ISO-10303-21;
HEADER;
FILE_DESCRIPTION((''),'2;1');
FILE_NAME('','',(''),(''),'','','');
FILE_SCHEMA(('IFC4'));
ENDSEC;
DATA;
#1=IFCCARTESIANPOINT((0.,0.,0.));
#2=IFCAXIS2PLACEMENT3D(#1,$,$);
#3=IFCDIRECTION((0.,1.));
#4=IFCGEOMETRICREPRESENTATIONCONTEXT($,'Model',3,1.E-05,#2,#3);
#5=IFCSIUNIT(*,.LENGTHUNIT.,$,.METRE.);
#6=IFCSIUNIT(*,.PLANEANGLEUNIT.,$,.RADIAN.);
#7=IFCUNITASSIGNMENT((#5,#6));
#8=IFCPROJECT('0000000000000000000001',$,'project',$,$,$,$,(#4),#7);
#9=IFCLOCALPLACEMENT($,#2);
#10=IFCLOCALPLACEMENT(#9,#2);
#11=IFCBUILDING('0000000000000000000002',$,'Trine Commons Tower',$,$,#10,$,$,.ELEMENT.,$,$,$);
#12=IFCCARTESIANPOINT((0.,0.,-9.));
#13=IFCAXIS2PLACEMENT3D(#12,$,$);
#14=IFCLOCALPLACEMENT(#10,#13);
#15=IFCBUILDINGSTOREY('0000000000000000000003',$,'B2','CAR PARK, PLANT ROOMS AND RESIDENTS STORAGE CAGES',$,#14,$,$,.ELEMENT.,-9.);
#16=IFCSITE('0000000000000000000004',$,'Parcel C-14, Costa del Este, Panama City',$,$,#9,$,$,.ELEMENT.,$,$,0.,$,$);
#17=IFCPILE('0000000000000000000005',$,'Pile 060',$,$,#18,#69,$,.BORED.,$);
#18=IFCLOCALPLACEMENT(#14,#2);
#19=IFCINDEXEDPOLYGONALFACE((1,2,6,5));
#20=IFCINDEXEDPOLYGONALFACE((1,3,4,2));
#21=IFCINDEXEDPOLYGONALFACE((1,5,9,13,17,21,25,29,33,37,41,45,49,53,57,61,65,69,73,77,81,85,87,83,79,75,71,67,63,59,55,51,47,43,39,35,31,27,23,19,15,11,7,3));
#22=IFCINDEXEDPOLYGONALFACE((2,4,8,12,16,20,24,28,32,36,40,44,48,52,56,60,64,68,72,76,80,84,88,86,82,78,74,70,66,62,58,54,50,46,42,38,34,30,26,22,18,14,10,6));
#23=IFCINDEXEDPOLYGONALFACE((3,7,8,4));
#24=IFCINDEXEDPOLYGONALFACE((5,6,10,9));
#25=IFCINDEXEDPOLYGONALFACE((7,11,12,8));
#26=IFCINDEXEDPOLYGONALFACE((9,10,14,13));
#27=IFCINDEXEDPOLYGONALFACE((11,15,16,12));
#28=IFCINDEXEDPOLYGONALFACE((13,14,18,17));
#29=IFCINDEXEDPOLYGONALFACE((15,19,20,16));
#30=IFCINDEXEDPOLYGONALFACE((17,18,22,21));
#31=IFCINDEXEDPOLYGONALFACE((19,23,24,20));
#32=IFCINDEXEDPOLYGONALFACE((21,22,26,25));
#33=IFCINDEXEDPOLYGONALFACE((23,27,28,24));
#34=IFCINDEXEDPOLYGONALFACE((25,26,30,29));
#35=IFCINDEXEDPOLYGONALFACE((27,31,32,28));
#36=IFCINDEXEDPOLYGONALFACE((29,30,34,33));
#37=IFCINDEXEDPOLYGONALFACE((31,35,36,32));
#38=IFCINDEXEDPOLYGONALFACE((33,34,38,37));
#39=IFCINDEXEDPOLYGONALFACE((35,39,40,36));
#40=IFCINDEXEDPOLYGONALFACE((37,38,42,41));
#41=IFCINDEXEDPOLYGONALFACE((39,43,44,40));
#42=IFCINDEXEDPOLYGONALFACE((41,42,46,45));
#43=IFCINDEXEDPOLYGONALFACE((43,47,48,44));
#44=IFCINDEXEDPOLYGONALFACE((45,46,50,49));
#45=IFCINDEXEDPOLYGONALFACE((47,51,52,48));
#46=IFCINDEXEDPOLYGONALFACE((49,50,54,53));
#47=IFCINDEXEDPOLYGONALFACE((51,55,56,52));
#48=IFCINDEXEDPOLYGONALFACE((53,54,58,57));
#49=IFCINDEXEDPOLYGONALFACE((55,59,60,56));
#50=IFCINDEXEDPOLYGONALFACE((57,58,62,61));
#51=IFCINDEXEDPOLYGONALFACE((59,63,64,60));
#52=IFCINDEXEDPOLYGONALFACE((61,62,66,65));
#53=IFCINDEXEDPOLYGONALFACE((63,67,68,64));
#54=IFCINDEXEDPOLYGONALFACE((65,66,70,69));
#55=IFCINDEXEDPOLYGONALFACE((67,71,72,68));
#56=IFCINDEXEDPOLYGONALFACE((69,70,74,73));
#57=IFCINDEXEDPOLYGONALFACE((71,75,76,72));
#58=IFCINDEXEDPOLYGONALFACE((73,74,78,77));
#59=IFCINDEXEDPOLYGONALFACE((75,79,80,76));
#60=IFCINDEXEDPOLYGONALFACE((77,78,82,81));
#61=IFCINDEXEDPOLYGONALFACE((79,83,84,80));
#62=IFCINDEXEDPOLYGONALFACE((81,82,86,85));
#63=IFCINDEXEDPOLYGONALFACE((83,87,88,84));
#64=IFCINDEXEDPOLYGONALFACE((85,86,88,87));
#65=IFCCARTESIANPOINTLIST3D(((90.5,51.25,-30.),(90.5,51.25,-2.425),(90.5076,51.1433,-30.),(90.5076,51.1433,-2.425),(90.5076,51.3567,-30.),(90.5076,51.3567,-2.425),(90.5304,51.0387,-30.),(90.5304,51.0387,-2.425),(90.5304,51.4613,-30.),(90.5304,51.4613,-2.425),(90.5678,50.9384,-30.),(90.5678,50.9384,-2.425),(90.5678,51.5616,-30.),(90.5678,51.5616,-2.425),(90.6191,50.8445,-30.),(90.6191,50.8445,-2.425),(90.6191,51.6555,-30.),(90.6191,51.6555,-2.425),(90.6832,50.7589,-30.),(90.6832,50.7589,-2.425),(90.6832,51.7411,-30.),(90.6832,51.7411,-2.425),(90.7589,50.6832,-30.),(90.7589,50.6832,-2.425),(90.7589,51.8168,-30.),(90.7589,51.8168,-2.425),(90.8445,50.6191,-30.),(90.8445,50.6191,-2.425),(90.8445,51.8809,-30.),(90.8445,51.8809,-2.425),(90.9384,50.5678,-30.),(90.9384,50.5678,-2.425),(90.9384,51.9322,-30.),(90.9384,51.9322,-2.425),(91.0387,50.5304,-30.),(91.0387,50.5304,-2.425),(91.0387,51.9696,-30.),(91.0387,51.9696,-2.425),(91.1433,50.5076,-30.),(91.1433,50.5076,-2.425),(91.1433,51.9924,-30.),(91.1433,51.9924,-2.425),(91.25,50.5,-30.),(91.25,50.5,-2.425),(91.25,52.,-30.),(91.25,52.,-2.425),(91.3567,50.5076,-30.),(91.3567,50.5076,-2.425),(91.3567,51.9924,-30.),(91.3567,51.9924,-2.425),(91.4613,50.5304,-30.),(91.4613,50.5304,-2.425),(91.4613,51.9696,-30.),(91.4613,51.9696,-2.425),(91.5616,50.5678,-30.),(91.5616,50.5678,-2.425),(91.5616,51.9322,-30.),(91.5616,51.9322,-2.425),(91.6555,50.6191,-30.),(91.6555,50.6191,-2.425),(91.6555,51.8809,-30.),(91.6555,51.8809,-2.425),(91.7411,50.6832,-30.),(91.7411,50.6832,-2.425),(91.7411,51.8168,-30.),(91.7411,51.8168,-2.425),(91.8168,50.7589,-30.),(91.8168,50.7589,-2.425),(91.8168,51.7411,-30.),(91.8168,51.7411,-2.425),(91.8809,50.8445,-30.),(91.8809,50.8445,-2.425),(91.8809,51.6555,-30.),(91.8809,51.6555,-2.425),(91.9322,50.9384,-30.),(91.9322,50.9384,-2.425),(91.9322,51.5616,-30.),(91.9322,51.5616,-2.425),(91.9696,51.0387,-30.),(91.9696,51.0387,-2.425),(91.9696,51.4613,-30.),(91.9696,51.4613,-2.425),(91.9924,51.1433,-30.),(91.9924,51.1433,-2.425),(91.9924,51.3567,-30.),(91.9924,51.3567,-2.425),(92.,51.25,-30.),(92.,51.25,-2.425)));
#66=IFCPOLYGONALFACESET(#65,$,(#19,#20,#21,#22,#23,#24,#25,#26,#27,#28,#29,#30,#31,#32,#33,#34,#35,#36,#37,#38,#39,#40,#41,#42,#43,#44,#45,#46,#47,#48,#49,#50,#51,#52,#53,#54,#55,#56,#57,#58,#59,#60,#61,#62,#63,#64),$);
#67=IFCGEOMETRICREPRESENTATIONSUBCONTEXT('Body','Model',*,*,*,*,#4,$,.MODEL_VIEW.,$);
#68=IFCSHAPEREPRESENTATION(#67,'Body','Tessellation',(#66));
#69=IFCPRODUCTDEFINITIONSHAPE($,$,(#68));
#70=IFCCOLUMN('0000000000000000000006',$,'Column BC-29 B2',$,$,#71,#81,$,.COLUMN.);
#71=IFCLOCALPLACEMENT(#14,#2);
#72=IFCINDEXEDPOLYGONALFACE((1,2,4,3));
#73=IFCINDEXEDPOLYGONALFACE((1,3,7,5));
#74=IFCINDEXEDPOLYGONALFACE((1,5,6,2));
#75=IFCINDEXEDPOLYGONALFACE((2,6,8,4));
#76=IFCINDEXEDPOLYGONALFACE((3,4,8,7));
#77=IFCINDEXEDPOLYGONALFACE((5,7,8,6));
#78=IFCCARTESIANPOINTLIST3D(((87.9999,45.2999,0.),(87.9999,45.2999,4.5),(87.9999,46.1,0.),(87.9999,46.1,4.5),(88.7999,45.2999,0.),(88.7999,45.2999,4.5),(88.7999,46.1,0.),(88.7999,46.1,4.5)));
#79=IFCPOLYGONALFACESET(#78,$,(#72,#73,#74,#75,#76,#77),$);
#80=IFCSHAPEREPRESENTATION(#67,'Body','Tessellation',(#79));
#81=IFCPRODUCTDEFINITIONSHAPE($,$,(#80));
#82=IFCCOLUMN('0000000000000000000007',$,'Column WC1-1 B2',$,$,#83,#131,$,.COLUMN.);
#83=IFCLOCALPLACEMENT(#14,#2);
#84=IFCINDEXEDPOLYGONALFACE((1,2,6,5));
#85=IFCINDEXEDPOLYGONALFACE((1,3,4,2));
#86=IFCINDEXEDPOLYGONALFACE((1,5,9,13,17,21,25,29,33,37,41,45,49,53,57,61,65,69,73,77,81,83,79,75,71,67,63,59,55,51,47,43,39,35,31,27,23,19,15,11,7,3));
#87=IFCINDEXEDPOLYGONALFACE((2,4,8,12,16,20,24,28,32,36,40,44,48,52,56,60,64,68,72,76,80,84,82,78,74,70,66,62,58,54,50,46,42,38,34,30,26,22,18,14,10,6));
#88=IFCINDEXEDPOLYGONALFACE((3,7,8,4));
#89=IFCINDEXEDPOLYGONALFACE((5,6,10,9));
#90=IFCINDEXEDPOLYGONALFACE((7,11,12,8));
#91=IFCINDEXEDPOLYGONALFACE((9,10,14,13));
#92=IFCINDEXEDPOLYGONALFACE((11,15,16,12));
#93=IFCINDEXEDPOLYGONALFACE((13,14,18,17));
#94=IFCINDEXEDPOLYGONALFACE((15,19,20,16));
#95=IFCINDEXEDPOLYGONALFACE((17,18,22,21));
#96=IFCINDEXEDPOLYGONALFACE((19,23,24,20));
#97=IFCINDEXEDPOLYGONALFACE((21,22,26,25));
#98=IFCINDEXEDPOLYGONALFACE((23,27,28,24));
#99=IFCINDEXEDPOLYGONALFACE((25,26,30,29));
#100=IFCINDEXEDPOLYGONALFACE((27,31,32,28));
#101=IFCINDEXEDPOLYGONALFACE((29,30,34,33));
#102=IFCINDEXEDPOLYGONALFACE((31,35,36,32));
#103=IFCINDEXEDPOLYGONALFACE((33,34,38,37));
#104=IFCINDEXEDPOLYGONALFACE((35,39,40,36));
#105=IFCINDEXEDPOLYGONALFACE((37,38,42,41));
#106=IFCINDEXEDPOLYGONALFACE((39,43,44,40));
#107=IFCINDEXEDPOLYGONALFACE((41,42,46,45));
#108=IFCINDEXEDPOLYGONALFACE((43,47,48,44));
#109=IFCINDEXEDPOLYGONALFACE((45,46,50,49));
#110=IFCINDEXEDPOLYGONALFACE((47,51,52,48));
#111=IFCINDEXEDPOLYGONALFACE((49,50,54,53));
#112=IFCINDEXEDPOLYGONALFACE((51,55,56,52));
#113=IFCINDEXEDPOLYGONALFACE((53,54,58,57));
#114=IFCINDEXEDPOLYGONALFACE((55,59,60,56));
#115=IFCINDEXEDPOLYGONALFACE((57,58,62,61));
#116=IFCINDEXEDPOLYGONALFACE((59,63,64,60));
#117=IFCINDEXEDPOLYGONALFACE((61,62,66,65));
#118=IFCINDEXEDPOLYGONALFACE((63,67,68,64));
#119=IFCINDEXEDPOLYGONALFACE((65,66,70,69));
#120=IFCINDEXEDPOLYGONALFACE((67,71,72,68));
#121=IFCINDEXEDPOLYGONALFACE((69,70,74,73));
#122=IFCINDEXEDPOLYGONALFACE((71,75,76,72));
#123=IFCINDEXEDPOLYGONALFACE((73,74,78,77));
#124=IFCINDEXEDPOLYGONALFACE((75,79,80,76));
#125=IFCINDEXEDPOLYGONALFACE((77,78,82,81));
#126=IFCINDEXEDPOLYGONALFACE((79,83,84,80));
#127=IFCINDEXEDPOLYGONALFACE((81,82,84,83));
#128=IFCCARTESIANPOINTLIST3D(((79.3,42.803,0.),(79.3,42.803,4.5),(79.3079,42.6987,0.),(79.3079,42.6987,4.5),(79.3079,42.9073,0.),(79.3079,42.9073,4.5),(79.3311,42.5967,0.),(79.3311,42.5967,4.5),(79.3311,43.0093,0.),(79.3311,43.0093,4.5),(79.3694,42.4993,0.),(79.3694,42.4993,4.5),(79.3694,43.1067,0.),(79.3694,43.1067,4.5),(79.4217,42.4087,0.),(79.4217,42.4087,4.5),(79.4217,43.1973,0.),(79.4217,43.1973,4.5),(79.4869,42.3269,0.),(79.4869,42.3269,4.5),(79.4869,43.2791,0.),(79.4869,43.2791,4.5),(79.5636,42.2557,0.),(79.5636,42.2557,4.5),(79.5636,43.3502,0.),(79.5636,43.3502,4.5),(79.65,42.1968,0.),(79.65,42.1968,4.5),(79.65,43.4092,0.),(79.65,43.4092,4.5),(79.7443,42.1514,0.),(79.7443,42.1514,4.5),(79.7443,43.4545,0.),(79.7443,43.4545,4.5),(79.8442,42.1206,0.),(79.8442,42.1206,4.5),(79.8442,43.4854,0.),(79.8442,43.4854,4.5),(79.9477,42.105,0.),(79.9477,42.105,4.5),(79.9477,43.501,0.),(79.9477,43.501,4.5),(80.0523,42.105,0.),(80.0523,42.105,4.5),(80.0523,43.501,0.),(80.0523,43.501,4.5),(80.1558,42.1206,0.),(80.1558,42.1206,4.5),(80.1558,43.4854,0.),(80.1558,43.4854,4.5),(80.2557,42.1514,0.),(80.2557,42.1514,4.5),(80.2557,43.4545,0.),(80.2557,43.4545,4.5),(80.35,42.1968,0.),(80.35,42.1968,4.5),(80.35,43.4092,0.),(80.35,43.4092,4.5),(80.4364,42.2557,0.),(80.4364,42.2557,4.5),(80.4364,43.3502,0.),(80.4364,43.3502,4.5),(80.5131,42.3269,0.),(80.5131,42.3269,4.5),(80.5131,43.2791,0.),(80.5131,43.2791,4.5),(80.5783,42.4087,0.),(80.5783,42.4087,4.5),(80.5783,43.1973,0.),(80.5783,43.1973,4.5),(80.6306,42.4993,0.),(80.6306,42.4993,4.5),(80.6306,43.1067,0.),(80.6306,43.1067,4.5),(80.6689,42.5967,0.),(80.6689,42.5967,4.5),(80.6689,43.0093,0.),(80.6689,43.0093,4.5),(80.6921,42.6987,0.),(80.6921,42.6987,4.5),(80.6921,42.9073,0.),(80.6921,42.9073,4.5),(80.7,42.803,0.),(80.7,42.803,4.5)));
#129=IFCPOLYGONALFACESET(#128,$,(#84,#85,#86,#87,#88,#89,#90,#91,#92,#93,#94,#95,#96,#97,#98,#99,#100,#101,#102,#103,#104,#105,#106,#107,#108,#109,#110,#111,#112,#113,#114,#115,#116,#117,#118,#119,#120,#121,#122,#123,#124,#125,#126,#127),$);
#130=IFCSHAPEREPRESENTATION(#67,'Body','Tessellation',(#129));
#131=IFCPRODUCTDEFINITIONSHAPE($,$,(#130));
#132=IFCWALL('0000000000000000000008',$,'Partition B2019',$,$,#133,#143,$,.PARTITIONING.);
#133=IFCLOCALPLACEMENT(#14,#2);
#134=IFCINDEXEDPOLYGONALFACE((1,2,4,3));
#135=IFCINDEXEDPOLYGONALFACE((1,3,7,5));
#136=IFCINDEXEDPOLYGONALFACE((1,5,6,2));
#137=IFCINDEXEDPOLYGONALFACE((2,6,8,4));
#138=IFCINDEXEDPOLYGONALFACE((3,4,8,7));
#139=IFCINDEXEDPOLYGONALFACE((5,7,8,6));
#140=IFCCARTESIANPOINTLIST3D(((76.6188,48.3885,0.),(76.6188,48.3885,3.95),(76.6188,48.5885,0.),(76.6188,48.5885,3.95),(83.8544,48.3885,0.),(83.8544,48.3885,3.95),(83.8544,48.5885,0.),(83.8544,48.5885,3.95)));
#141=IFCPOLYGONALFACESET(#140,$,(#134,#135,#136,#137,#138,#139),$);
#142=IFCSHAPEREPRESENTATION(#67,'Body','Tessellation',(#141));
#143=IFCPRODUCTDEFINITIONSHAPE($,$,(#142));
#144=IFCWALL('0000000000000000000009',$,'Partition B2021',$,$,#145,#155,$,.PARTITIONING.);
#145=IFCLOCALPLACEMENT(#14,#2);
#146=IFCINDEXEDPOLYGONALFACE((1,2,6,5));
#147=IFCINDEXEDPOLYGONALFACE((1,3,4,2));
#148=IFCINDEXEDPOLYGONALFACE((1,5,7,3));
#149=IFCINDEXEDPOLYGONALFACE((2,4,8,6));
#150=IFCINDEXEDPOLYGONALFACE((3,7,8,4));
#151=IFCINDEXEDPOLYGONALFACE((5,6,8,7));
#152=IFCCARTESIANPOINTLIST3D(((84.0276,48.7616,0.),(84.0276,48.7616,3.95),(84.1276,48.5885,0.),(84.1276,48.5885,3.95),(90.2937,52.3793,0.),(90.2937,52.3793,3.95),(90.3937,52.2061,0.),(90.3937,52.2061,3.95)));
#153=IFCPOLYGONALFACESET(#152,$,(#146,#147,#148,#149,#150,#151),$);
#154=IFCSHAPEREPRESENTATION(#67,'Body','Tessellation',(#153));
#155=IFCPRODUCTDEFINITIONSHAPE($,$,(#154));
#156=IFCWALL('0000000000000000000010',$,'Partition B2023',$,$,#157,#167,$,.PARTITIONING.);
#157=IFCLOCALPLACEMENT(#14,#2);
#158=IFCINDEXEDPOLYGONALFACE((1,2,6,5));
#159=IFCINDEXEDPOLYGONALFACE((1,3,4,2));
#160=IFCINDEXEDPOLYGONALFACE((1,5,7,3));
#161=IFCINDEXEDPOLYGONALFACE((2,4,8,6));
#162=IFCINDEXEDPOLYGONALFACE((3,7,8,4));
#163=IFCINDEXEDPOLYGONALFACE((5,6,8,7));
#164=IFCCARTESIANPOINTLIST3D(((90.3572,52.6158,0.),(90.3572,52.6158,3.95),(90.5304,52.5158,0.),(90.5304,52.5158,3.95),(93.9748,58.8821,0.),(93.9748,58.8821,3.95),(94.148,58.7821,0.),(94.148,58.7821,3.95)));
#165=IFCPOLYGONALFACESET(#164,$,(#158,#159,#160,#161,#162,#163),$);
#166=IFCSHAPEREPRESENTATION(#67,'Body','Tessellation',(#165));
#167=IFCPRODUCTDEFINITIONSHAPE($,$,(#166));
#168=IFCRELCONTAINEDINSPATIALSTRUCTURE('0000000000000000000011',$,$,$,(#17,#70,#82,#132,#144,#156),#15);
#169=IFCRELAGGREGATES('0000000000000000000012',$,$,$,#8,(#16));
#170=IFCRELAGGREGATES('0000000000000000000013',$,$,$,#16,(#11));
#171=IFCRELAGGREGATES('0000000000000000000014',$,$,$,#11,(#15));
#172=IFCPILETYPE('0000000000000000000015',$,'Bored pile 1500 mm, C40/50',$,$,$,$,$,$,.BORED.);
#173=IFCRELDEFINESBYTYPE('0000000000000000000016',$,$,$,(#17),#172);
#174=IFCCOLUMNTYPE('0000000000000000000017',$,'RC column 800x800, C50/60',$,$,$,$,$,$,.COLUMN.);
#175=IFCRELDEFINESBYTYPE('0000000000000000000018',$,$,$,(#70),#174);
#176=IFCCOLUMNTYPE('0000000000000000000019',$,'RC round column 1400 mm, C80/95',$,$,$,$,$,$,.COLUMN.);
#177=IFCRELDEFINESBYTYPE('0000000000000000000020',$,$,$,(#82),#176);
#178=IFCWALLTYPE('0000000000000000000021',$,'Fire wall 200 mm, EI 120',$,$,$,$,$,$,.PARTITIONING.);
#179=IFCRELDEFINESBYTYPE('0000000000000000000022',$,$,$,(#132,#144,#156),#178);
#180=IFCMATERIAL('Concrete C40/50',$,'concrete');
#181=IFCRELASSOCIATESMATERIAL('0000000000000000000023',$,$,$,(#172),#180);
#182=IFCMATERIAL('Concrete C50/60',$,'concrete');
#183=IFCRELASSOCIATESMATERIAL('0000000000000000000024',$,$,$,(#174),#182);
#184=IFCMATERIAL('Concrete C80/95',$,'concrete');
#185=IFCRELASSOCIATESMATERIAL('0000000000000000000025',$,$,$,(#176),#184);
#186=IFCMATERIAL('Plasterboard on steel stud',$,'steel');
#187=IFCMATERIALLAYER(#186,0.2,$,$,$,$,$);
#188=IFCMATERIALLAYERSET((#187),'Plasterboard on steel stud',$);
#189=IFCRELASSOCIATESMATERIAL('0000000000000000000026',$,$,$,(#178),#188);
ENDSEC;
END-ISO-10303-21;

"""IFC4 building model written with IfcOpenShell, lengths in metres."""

from ifc_helpers import new_model, si_unit, direction, frame, frame_2d, origin, origin_2d, place, context, subcontext, project, spatial, rectangle, circle, extrude, material, layer, layer_set, material_profile, profile_set, type_object, element, save


model = new_model("IFC4")

# Units and contexts
model_context = context("Model", 3, precision=1e-05, world=origin(), true_north=direction((0.0, 1.0)))
body_context = subcontext(model_context, "Body", "Model", "MODEL_VIEW")
ifc_project = project(units=[si_unit("LENGTHUNIT", "METRE"), si_unit("PLANEANGLEUNIT", "RADIAN")], contexts=[model_context])

# Site, building, storey
site_placement = place(None, origin())
site = spatial("IfcSite", under=ifc_project, at=site_placement, Name="Parcel C-14, Costa del Este, Panama City", CompositionType="ELEMENT", RefElevation=0.0)
building_placement = place(site_placement, origin())
building = spatial("IfcBuilding", under=site, at=building_placement, Name="Trine Commons Tower", CompositionType="ELEMENT")
storey_placement = place(building_placement, frame((0.0, 0.0, -9.0)))
storey = spatial("IfcBuildingStorey", under=building, at=storey_placement, Name="B2", Description="CAR PARK, PLANT ROOMS AND RESIDENTS STORAGE CAGES", CompositionType="ELEMENT", Elevation=-9.0)

# Pile
ifc_material_1 = material(Name="Concrete C40/50", Category="concrete")
pile_type = type_object("IfcPileType", Name="Bored pile 1500 mm, C40/50", PredefinedType="BORED", material=ifc_material_1)
for number, where, z_axis, x_axis, name in (
    (1, (91.25, 51.25, -2.425), (0.0, 0.0, -1.0), (1.0, 0.0, 0.0), "Pile 060"),
):
    element("IfcPile", number, at=place(storey_placement, frame(where, z_axis=z_axis, x_axis=x_axis)), inside=storey, type_object=pile_type, Name=name, PredefinedType="BORED", context=body_context, shape_type="SweptSolid", body=[
        extrude(circle(Radius=0.75, at=origin_2d()), origin(), (0.0, 0.0, 1.0), 27.575),
    ])

# Columns
ifc_material_2 = material(Name="Concrete C50/60", Category="concrete")
ifc_material_profile_1 = material_profile(ifc_material_2, rectangle(XDim=0.8, YDim=0.8, at=origin_2d()), Name="RC 800x800")
ifc_profile_set_1 = profile_set([ifc_material_profile_1], Name="Concrete C50/60")
column_type_1 = type_object("IfcColumnType", Name="RC column 800x800, C50/60", PredefinedType="COLUMN", material=ifc_profile_set_1)
column_1_placement = place(storey_placement, frame((88.3999, 45.7, 0.0), z_axis=(0.0, 0.0, 1.0), x_axis=(1.0, 0.0, 0.0)))
element("IfcColumn", 2, at=column_1_placement, inside=storey, type_object=column_type_1, Name="Column BC-29 B2", PredefinedType="COLUMN", context=body_context, shape_type="SweptSolid", body=[
    extrude(rectangle(XDim=0.8, YDim=0.8, at=origin_2d()), origin(), (0.0, 0.0, 1.0), 4.5),
])
ifc_material_3 = material(Name="Concrete C80/95", Category="concrete")
ifc_material_profile_2 = material_profile(ifc_material_3, circle(Radius=0.7, at=origin_2d()), Name="RC round 1400")
ifc_profile_set_2 = profile_set([ifc_material_profile_2], Name="Concrete C80/95")
column_type_2 = type_object("IfcColumnType", Name="RC round column 1400 mm, C80/95", PredefinedType="COLUMN", material=ifc_profile_set_2)
column_2_placement = place(storey_placement, frame((80.0, 42.803, 0.0), z_axis=(0.0, 0.0, 1.0), x_axis=(1.0, 0.0, 0.0)))
element("IfcColumn", 3, at=column_2_placement, inside=storey, type_object=column_type_2, Name="Column WC1-1 B2", PredefinedType="COLUMN", context=body_context, shape_type="SweptSolid", body=[
    extrude(circle(Radius=0.7, at=origin_2d()), origin(), (0.0, 0.0, 1.0), 4.5),
])

# Walls
ifc_material_4 = material(Name="Plasterboard on steel stud", Category="steel")
ifc_layer_1 = layer(ifc_material_4, 0.2)
ifc_layer_set_1 = layer_set([ifc_layer_1], Name="Plasterboard on steel stud")
wall_type_1 = type_object("IfcWallType", Name="Fire wall 200 mm, EI 120", PredefinedType="PARTITIONING", material=ifc_layer_set_1)
wall_1_placement = place(storey_placement, frame((76.6189, 48.4885, 0.0), z_axis=(0.0, 0.0, 1.0), x_axis=(1.0, 0.0, 0.0)))
element("IfcWall", 4, at=wall_1_placement, inside=storey, type_object=wall_type_1, Name="Partition B2019", PredefinedType="PARTITIONING", context=body_context, shape_type="SweptSolid", body=[
    extrude(rectangle(XDim=7.2356, YDim=0.2, at=frame_2d((3.6177, 0.0))), origin(), (0.0, 0.0, 1.0), 3.95),
])
wall_2_placement = place(storey_placement, frame((84.0776, 48.675, 0.0), z_axis=(0.0, 0.0, 1.0), x_axis=(0.866029, 0.499993, 0.0)))
element("IfcWall", 5, at=wall_2_placement, inside=storey, type_object=wall_type_1, Name="Partition B2021", PredefinedType="PARTITIONING", context=body_context, shape_type="SweptSolid", body=[
    extrude(rectangle(XDim=7.2354, YDim=0.2, at=frame_2d((3.6177, 0.0))), origin(), (0.0, 0.0, 1.0), 3.95),
])
wall_3_placement = place(storey_placement, frame((90.4438, 52.5659, 0.0), z_axis=(0.0, 0.0, 1.0), x_axis=(0.499979, 0.866038, 0.0)))
element("IfcWall", 6, at=wall_3_placement, inside=storey, type_object=wall_type_1, Name="Partition B2023", PredefinedType="PARTITIONING", context=body_context, shape_type="SweptSolid", body=[
    extrude(rectangle(XDim=7.2356, YDim=0.2, at=frame_2d((3.6177, 0.0))), origin(), (0.0, 0.0, 1.0), 3.95),
])

save(model, "model.ifc")
